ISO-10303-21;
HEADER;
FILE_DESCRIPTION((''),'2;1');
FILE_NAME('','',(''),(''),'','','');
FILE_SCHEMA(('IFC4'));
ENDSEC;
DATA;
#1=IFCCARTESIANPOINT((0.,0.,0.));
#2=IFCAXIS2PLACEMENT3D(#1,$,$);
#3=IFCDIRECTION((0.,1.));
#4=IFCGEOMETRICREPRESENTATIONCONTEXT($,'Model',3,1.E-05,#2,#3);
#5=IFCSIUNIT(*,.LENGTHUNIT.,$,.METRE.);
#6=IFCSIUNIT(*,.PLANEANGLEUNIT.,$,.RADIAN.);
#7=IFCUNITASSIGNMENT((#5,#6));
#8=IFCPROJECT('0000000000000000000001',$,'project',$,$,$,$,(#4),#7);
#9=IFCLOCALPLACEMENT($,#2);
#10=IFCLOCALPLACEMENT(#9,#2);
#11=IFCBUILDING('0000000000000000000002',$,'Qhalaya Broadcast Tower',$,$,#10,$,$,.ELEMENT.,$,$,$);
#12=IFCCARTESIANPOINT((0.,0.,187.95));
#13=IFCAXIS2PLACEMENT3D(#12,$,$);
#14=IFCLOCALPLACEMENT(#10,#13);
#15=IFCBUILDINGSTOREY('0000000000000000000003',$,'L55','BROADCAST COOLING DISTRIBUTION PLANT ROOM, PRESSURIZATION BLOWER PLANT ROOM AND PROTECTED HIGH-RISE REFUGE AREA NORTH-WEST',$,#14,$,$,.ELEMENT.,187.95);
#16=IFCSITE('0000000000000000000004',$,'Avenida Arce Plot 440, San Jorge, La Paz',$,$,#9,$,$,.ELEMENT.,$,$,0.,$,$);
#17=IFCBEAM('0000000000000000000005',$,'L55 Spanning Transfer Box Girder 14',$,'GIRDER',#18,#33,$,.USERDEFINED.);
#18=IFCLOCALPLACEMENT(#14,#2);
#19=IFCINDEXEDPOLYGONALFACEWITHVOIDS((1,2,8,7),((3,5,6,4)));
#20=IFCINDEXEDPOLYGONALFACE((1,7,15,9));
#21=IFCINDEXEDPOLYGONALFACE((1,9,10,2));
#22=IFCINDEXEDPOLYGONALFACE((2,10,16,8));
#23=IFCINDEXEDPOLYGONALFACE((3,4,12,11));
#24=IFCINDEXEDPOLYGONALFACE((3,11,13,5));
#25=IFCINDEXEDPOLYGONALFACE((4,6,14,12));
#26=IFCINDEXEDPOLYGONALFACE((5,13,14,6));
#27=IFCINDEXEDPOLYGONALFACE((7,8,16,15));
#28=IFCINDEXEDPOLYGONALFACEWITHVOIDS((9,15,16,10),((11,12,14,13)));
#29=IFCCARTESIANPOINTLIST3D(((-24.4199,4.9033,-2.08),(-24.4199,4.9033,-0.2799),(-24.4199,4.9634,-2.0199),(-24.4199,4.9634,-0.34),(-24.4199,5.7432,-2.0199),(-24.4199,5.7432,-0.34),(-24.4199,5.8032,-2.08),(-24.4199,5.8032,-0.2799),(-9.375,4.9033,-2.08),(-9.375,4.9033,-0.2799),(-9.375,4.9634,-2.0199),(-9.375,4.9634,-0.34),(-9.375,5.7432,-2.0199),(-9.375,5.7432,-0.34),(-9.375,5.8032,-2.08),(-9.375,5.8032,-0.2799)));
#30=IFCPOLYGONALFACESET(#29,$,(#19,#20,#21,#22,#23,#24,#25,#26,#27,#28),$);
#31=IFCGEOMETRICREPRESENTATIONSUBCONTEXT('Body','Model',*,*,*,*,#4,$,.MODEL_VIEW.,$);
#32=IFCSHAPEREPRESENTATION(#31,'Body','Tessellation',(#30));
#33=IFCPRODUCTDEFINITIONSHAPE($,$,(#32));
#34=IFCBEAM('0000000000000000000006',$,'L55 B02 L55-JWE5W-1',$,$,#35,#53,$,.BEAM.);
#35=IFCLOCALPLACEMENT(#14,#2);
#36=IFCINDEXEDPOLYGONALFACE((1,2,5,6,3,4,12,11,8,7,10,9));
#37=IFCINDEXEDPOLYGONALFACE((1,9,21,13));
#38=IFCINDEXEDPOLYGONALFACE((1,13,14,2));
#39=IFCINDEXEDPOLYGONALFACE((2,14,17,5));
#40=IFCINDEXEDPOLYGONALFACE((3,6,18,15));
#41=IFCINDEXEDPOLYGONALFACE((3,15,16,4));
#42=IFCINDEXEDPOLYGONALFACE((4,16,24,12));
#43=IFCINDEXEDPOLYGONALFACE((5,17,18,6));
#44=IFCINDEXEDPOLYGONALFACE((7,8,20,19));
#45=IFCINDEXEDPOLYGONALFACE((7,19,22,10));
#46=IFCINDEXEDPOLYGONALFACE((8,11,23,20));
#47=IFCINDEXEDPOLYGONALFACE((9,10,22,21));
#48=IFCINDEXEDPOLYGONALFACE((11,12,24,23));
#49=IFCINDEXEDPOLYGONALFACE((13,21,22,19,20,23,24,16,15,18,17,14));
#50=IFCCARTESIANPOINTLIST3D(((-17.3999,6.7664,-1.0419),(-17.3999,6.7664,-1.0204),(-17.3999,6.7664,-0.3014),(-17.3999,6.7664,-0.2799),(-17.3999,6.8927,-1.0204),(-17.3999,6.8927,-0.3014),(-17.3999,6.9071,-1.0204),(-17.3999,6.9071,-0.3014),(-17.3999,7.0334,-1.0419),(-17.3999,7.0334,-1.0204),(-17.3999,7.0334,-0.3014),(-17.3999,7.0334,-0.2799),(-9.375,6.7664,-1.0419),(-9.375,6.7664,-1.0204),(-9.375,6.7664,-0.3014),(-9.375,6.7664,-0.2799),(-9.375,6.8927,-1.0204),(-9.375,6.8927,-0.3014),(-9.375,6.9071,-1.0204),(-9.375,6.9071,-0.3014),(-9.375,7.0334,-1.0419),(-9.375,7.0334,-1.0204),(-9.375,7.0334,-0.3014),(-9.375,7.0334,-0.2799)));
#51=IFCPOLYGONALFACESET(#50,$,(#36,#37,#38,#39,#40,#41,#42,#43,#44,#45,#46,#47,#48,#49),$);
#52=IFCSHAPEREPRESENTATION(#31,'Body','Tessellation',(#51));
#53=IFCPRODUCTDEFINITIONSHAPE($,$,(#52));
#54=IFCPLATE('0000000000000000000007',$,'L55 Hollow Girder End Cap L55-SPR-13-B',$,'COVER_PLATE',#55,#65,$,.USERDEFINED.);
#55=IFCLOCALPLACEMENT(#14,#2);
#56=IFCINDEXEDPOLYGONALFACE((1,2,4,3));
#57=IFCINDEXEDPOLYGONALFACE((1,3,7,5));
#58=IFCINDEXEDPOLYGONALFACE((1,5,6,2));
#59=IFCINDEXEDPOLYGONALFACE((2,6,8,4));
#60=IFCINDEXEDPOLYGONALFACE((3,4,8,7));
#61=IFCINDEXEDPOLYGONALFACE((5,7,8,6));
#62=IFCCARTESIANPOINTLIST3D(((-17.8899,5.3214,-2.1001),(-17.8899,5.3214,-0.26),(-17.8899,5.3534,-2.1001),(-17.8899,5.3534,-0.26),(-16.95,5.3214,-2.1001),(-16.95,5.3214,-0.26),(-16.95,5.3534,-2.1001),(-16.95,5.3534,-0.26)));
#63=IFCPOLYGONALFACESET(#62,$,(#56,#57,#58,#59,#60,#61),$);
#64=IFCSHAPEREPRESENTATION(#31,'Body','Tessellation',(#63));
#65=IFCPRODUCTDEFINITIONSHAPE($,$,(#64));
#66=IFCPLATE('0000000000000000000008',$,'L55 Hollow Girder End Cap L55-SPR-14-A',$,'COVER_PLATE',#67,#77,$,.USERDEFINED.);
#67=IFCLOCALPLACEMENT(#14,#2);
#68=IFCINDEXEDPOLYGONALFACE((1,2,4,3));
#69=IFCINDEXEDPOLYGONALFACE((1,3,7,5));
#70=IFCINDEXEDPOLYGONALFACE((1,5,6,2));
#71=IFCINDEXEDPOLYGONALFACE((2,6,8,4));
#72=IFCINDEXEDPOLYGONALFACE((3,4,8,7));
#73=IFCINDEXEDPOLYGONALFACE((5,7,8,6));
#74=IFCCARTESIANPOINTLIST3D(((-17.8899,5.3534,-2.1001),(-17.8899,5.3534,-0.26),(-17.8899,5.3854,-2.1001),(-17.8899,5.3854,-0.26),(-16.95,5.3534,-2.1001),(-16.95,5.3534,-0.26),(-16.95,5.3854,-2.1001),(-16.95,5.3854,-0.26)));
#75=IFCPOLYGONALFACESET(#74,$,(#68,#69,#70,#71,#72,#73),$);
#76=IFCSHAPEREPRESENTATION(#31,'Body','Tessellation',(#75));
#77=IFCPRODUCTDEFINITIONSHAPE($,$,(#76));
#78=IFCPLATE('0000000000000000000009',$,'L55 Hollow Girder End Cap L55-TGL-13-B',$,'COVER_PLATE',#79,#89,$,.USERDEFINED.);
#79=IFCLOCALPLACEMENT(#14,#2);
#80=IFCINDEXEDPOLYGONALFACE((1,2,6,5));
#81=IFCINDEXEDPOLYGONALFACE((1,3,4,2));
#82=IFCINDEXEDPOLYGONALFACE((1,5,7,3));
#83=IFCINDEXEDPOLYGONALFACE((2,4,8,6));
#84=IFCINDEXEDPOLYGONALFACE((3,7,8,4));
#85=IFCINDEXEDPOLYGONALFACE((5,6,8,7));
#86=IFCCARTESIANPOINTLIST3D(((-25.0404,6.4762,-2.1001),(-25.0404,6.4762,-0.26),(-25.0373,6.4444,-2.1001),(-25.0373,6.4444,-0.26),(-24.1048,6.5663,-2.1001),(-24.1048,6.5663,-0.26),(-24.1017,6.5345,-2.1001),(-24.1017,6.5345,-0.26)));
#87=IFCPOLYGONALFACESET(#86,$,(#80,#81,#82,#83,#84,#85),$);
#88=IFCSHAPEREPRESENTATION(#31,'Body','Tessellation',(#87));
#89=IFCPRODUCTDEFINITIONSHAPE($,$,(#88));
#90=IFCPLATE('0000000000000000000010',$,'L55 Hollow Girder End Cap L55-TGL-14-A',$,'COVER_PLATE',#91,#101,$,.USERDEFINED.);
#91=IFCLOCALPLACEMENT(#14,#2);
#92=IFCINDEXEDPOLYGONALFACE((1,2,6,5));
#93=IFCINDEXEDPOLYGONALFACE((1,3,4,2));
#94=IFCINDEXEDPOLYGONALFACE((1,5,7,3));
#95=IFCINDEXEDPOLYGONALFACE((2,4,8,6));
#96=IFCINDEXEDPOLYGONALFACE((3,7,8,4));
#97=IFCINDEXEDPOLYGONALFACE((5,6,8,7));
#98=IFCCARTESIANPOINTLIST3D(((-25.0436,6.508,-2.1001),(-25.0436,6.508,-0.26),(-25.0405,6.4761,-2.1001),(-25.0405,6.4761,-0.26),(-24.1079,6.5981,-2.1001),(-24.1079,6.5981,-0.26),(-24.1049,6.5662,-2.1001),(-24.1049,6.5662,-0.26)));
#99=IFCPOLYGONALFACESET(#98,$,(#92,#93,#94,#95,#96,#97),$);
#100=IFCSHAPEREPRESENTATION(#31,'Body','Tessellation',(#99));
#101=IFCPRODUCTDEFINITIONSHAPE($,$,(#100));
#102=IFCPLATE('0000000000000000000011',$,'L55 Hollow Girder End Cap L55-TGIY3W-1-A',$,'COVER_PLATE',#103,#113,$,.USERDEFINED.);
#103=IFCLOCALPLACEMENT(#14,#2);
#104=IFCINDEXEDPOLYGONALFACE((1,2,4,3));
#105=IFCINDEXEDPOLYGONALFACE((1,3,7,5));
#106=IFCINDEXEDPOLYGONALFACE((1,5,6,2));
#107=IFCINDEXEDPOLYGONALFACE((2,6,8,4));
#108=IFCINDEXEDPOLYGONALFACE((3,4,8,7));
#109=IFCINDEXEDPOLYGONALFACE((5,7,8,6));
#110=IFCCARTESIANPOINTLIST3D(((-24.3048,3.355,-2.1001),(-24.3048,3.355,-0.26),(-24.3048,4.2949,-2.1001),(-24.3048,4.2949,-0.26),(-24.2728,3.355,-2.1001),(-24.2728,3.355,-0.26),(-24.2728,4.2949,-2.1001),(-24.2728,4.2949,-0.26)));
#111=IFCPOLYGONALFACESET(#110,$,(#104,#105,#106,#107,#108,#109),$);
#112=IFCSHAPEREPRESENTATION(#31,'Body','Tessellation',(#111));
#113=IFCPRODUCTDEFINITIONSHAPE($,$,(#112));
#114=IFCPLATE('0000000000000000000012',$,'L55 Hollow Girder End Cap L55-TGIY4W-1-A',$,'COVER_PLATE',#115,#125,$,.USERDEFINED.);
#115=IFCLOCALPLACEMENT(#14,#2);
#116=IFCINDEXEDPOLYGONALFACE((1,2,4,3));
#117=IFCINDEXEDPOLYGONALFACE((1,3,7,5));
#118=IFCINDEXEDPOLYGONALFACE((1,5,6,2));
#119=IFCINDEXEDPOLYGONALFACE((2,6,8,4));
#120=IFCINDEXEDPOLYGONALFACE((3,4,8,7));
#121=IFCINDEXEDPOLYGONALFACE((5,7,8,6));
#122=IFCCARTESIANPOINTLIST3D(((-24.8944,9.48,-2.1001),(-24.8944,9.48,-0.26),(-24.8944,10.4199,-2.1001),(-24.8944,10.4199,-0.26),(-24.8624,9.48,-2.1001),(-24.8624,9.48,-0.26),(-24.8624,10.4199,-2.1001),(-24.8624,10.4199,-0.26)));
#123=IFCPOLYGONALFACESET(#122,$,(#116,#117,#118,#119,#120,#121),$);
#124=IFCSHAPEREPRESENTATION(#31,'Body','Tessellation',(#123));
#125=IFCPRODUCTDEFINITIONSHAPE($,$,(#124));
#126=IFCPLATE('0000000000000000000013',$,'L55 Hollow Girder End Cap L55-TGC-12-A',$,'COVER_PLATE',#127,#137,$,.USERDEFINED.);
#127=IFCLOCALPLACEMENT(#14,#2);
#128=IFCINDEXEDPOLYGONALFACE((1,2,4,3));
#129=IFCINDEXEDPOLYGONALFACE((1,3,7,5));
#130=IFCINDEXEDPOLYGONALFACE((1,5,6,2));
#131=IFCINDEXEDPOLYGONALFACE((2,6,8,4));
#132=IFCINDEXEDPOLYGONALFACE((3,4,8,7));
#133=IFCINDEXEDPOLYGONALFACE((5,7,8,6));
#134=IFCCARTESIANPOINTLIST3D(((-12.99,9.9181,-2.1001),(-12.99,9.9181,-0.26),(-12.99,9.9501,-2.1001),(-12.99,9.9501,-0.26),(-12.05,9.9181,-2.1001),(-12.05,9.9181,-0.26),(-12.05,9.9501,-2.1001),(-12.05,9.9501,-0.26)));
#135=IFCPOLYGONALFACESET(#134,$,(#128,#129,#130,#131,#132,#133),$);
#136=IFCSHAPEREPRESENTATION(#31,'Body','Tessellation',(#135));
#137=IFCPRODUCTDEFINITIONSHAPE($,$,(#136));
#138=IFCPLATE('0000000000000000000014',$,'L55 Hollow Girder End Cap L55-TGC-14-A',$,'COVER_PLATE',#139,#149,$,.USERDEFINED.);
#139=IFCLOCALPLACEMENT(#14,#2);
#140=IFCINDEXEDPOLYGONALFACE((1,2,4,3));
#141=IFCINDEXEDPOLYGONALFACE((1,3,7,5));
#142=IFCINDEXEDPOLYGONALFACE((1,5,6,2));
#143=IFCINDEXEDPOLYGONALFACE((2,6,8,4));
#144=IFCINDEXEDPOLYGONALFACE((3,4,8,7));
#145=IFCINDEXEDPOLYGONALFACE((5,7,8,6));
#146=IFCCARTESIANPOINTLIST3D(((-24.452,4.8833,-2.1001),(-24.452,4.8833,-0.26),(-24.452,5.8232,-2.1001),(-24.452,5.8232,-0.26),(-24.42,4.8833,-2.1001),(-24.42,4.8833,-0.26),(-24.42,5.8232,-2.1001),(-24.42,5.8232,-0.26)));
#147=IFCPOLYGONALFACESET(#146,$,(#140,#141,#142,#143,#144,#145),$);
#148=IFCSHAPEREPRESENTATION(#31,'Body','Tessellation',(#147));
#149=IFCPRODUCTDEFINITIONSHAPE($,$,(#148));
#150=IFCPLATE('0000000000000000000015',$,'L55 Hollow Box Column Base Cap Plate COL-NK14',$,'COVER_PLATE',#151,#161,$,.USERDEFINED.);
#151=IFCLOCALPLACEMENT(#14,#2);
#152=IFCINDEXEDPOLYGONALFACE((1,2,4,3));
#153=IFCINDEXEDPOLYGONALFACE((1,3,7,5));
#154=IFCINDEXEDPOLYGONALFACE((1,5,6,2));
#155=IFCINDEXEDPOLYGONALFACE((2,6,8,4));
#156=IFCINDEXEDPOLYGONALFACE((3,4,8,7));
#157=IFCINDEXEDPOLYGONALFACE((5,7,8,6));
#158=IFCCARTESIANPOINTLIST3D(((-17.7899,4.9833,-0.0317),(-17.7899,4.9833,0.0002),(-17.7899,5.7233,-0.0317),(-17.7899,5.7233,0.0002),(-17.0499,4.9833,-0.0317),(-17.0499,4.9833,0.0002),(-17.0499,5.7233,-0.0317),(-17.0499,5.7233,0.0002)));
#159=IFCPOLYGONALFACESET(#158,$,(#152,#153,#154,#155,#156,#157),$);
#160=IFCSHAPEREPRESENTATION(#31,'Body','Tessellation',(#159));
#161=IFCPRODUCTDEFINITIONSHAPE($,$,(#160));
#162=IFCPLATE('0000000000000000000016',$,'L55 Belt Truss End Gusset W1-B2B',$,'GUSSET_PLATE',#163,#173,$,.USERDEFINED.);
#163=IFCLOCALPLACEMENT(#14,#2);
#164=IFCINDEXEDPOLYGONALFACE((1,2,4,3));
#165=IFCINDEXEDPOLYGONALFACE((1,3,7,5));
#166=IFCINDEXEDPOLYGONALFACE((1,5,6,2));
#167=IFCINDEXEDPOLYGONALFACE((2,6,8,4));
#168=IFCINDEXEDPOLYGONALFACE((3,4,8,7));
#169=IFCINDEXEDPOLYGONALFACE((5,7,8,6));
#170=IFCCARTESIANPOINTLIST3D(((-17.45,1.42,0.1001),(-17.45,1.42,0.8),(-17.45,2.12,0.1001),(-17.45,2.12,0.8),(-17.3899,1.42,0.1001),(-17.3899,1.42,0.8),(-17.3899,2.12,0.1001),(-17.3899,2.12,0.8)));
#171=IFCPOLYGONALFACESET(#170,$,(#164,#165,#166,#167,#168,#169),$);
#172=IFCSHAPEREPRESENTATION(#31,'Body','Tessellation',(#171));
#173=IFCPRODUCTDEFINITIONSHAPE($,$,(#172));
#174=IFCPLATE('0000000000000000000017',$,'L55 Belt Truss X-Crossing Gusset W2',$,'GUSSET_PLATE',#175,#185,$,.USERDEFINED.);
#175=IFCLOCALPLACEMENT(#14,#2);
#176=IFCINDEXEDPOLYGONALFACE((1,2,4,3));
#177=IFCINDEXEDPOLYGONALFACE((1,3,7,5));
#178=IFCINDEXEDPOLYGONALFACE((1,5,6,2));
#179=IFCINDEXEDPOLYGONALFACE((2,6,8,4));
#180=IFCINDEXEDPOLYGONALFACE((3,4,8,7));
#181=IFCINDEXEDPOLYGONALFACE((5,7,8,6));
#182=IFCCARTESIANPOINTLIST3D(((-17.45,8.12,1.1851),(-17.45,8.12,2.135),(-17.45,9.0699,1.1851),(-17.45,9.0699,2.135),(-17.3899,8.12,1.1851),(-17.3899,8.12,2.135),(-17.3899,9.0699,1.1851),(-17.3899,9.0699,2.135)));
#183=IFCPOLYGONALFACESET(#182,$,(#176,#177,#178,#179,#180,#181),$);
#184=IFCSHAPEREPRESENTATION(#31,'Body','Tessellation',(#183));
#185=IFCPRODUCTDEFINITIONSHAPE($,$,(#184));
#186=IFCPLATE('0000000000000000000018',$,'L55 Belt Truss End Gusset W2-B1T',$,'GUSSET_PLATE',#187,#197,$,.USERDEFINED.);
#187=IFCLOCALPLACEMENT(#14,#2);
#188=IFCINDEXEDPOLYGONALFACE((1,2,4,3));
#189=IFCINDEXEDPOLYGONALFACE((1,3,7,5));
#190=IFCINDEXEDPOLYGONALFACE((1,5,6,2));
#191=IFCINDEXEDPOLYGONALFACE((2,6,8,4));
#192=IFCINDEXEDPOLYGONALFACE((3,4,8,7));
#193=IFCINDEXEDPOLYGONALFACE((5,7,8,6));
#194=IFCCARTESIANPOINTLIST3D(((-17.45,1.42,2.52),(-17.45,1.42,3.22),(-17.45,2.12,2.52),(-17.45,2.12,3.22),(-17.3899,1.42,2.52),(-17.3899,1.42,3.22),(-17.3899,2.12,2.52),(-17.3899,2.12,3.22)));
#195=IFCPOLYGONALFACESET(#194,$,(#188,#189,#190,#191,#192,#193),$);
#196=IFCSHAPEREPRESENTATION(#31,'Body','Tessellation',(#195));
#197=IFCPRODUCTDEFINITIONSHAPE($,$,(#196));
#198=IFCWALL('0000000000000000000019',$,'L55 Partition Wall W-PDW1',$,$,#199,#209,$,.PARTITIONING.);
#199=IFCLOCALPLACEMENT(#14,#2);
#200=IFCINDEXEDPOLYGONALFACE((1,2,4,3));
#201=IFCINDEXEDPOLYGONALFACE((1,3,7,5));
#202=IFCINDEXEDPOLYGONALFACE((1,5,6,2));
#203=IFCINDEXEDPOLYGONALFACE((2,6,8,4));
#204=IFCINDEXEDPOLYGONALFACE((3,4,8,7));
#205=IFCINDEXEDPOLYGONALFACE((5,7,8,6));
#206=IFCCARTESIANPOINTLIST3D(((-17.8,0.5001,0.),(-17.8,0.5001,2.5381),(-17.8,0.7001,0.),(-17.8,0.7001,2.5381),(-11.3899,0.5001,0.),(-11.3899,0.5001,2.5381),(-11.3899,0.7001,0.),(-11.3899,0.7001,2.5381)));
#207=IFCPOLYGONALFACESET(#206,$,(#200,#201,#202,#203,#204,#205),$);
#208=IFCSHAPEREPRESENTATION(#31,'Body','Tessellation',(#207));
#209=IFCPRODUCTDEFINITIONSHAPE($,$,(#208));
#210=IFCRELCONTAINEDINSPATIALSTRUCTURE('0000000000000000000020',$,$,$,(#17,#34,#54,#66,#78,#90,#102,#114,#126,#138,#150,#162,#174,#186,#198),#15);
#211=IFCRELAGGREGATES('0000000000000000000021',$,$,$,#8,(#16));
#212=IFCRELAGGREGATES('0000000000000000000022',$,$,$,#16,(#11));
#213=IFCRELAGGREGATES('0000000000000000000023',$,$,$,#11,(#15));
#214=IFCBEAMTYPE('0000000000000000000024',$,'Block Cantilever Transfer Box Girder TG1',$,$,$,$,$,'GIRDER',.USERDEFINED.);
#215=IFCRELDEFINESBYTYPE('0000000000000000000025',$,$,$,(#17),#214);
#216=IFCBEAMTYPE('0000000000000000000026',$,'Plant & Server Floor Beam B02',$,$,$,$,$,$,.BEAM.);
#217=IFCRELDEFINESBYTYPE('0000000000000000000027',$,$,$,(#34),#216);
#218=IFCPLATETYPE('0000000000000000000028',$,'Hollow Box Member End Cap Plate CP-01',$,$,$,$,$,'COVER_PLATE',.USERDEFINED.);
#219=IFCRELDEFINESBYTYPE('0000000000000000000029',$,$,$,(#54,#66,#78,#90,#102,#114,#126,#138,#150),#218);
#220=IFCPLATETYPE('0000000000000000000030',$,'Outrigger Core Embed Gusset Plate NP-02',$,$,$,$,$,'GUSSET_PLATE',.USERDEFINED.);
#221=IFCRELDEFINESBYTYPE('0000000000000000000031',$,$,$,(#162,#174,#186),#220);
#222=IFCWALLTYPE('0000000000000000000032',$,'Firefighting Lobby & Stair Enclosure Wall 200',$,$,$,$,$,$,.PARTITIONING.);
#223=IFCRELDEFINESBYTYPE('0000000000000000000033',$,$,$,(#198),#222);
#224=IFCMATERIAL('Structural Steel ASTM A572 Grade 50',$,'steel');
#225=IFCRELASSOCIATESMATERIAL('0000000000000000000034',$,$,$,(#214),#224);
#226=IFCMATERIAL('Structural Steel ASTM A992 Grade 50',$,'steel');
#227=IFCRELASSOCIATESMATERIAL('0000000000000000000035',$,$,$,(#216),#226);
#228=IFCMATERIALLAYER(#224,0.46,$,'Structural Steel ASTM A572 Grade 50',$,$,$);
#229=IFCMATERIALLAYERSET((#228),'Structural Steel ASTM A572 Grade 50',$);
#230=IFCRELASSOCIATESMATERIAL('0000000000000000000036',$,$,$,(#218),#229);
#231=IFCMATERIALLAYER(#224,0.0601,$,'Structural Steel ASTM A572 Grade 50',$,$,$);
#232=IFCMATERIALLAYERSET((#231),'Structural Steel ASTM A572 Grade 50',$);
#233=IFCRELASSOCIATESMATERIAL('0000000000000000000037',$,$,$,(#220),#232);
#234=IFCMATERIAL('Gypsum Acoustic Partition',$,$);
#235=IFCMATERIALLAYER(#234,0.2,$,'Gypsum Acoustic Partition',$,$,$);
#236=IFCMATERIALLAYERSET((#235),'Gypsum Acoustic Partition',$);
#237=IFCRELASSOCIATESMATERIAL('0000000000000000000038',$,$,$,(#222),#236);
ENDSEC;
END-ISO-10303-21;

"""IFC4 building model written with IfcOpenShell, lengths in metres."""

from ifc_helpers import new_model, si_unit, direction, frame, frame_2d, origin, origin_2d, place, context, subcontext, project, spatial, rectangle, hollow_rectangle, i_section, extrude, material, layer, layer_set, material_profile, profile_set, type_object, element, save


model = new_model("IFC4")

# Units and contexts
model_context = context("Model", 3, precision=1e-05, world=origin(), true_north=direction((0.0, 1.0)))
body_context = subcontext(model_context, "Body", "Model", "MODEL_VIEW")
ifc_project = project(units=[si_unit("LENGTHUNIT", "METRE"), si_unit("PLANEANGLEUNIT", "RADIAN")], contexts=[model_context])

# Site, building, storey
site_placement = place(None, origin())
site = spatial("IfcSite", under=ifc_project, at=site_placement, Name="Avenida Arce Plot 440, San Jorge, La Paz", CompositionType="ELEMENT", RefElevation=0.0)
building_placement = place(site_placement, origin())
building = spatial("IfcBuilding", under=site, at=building_placement, Name="Qhalaya Broadcast Tower", CompositionType="ELEMENT")
storey_placement = place(building_placement, frame((0.0, 0.0, 187.95)))
storey = spatial("IfcBuildingStorey", under=building, at=storey_placement, Name="L55", Description="BROADCAST COOLING DISTRIBUTION PLANT ROOM, PRESSURIZATION BLOWER PLANT ROOM AND PROTECTED HIGH-RISE REFUGE AREA NORTH-WEST", CompositionType="ELEMENT", Elevation=187.95)

# Shared definitions
ifc_material_1 = material(Name="Structural Steel ASTM A572 Grade 50", Category="steel")

# Beams
ifc_material_profile_1 = material_profile(ifc_material_1, hollow_rectangle(XDim=0.8999, YDim=1.8, WallThickness=0.0601, at=origin_2d()), Name="BOX 900x1800x60")
ifc_profile_set_1 = profile_set([ifc_material_profile_1], Name="Structural Steel ASTM A572 Grade 50")
beam_type_1 = type_object("IfcBeamType", Name="Block Cantilever Transfer Box Girder TG1", ElementType="GIRDER", PredefinedType="USERDEFINED", material=ifc_profile_set_1)
beam_1_placement = place(storey_placement, frame((-24.4199, 5.3533, -1.1799), z_axis=(1.0, 0.0, 0.0), x_axis=(0.0, 1.0, 0.0)))
element("IfcBeam", 1, at=beam_1_placement, inside=storey, type_object=beam_type_1, Name="L55 Spanning Transfer Box Girder 14", ObjectType="GIRDER", PredefinedType="USERDEFINED", context=body_context, shape_type="SweptSolid", body=[
    extrude(hollow_rectangle(XDim=0.8999, YDim=1.8, WallThickness=0.0601, at=origin_2d()), origin(), (0.0, 0.0, 1.0), 15.0449),
])
ifc_material_2 = material(Name="Structural Steel ASTM A992 Grade 50", Category="steel")
ifc_material_profile_2 = material_profile(ifc_material_2, i_section(OverallWidth=0.2671, OverallDepth=0.762, WebThickness=0.0144, FlangeThickness=0.0215, at=origin_2d()), Name="W30X116")
ifc_profile_set_2 = profile_set([ifc_material_profile_2], Name="Structural Steel ASTM A992 Grade 50")
beam_type_2 = type_object("IfcBeamType", Name="Plant & Server Floor Beam B02", PredefinedType="BEAM", material=ifc_profile_set_2)
beam_2_placement = place(storey_placement, frame((-17.3999, 6.8999, -0.6609), z_axis=(1.0, 0.0, 0.0), x_axis=(0.0, 1.0, 0.0)))
element("IfcBeam", 2, at=beam_2_placement, inside=storey, type_object=beam_type_2, Name="L55 B02 L55-JWE5W-1", PredefinedType="BEAM", context=body_context, shape_type="SweptSolid", body=[
    extrude(i_section(OverallWidth=0.2671, OverallDepth=0.762, WebThickness=0.0144, FlangeThickness=0.0215, at=origin_2d()), origin(), (0.0, 0.0, 1.0), 8.0249),
])

# Plates
ifc_layer_1 = layer(ifc_material_1, 0.46, Name="Structural Steel ASTM A572 Grade 50")
ifc_layer_set_1 = layer_set([ifc_layer_1], Name="Structural Steel ASTM A572 Grade 50")
plate_type_1 = type_object("IfcPlateType", Name="Hollow Box Member End Cap Plate CP-01", ElementType="COVER_PLATE", PredefinedType="USERDEFINED", material=ifc_layer_set_1)
for number, where, z_axis, x_axis, name in (
    (3, (-17.4199, 5.3374, -2.1001), (0.0, 0.0, 1.0), (1.0, 0.0, 0.0), "L55 Hollow Girder End Cap L55-SPR-13-B"),
    (4, (-17.4199, 5.3694, -2.1001), (0.0, 0.0, 1.0), (1.0, 0.0, 0.0), "L55 Hollow Girder End Cap L55-SPR-14-A"),
    (5, (-24.571, 6.5054, -2.1001), (0.0, 0.0, 1.0), (0.995396, 0.095846, 0.0), "L55 Hollow Girder End Cap L55-TGL-13-B"),
    (6, (-24.5742, 6.5371, -2.1001), (0.0, 0.0, 1.0), (0.995396, 0.095846, 0.0), "L55 Hollow Girder End Cap L55-TGL-14-A"),
    (7, (-24.2888, 3.825, -2.1001), (0.0, 0.0, 1.0), (0.0, 1.0, 0.0), "L55 Hollow Girder End Cap L55-TGIY3W-1-A"),
    (8, (-24.8784, 9.95, -2.1001), (0.0, 0.0, 1.0), (0.0, 1.0, 0.0), "L55 Hollow Girder End Cap L55-TGIY4W-1-A"),
    (9, (-12.52, 9.9341, -2.1001), (0.0, 0.0, 1.0), (-1.0, 0.0, 0.0), "L55 Hollow Girder End Cap L55-TGC-12-A"),
    (10, (-24.436, 5.3533, -2.1001), (0.0, 0.0, 1.0), (0.0, 1.0, 0.0), "L55 Hollow Girder End Cap L55-TGC-14-A"),
):
    element("IfcPlate", number, at=place(storey_placement, frame(where, z_axis=z_axis, x_axis=x_axis)), inside=storey, type_object=plate_type_1, Name=name, ObjectType="COVER_PLATE", PredefinedType="USERDEFINED", context=body_context, shape_type="SweptSolid", body=[
        extrude(rectangle(XDim=0.9399, YDim=0.032, at=origin_2d()), origin(), (0.0, 0.0, 1.0), 1.8401),
    ])
plate_1_placement = place(storey_placement, frame((-17.4199, 5.3533, -0.0317), z_axis=(0.0, 0.0, 1.0), x_axis=(0.0, 1.0, 0.0)))
element("IfcPlate", 11, at=plate_1_placement, inside=storey, type_object=plate_type_1, Name="L55 Hollow Box Column Base Cap Plate COL-NK14", ObjectType="COVER_PLATE", PredefinedType="USERDEFINED", context=body_context, shape_type="SweptSolid", body=[
    extrude(rectangle(XDim=0.74, YDim=0.74, at=origin_2d()), origin(), (0.0, 0.0, 1.0), 0.032),
])
ifc_layer_2 = layer(ifc_material_1, 0.0601, Name="Structural Steel ASTM A572 Grade 50")
ifc_layer_set_2 = layer_set([ifc_layer_2], Name="Structural Steel ASTM A572 Grade 50")
plate_type_2 = type_object("IfcPlateType", Name="Outrigger Core Embed Gusset Plate NP-02", ElementType="GUSSET_PLATE", PredefinedType="USERDEFINED", material=ifc_layer_set_2)
plate_2_placement = place(storey_placement, frame((-17.4199, 1.77, 0.1001), z_axis=(0.0, 0.0, 1.0), x_axis=(0.0, 1.0, 0.0)))
element("IfcPlate", 12, at=plate_2_placement, inside=storey, type_object=plate_type_2, Name="L55 Belt Truss End Gusset W1-B2B", ObjectType="GUSSET_PLATE", PredefinedType="USERDEFINED", context=body_context, shape_type="SweptSolid", body=[
    extrude(rectangle(XDim=0.7, YDim=0.0601, at=origin_2d()), origin(), (0.0, 0.0, 1.0), 0.7),
])
plate_3_placement = place(storey_placement, frame((-17.4199, 8.595, 1.1851), z_axis=(0.0, 0.0, 1.0), x_axis=(0.0, 1.0, 0.0)))
element("IfcPlate", 13, at=plate_3_placement, inside=storey, type_object=plate_type_2, Name="L55 Belt Truss X-Crossing Gusset W2", ObjectType="GUSSET_PLATE", PredefinedType="USERDEFINED", context=body_context, shape_type="SweptSolid", body=[
    extrude(rectangle(XDim=0.95, YDim=0.0601, at=origin_2d()), origin(), (0.0, 0.0, 1.0), 0.95),
])
plate_4_placement = place(storey_placement, frame((-17.4199, 1.77, 2.52), z_axis=(0.0, 0.0, 1.0), x_axis=(0.0, 1.0, 0.0)))
element("IfcPlate", 14, at=plate_4_placement, inside=storey, type_object=plate_type_2, Name="L55 Belt Truss End Gusset W2-B1T", ObjectType="GUSSET_PLATE", PredefinedType="USERDEFINED", context=body_context, shape_type="SweptSolid", body=[
    extrude(rectangle(XDim=0.7, YDim=0.0601, at=origin_2d()), origin(), (0.0, 0.0, 1.0), 0.7),
])

# Wall
ifc_material_3 = material(Name="Gypsum Acoustic Partition")
ifc_layer_3 = layer(ifc_material_3, 0.2, Name="Gypsum Acoustic Partition")
ifc_layer_set_3 = layer_set([ifc_layer_3], Name="Gypsum Acoustic Partition")
wall_type_1 = type_object("IfcWallType", Name="Firefighting Lobby & Stair Enclosure Wall 200", PredefinedType="PARTITIONING", material=ifc_layer_set_3)
wall_1_placement = place(storey_placement, frame((-17.8, 0.6001, 0.0), z_axis=(0.0, 0.0, 1.0), x_axis=(1.0, 0.0, 0.0)))
element("IfcWall", 15, at=wall_1_placement, inside=storey, type_object=wall_type_1, Name="L55 Partition Wall W-PDW1", PredefinedType="PARTITIONING", context=body_context, shape_type="SweptSolid", body=[
    extrude(rectangle(XDim=6.4102, YDim=0.2, at=frame_2d((3.2051, 0.0))), origin(), (0.0, 0.0, 1.0), 2.5381),
])

save(model, "model.ifc")
